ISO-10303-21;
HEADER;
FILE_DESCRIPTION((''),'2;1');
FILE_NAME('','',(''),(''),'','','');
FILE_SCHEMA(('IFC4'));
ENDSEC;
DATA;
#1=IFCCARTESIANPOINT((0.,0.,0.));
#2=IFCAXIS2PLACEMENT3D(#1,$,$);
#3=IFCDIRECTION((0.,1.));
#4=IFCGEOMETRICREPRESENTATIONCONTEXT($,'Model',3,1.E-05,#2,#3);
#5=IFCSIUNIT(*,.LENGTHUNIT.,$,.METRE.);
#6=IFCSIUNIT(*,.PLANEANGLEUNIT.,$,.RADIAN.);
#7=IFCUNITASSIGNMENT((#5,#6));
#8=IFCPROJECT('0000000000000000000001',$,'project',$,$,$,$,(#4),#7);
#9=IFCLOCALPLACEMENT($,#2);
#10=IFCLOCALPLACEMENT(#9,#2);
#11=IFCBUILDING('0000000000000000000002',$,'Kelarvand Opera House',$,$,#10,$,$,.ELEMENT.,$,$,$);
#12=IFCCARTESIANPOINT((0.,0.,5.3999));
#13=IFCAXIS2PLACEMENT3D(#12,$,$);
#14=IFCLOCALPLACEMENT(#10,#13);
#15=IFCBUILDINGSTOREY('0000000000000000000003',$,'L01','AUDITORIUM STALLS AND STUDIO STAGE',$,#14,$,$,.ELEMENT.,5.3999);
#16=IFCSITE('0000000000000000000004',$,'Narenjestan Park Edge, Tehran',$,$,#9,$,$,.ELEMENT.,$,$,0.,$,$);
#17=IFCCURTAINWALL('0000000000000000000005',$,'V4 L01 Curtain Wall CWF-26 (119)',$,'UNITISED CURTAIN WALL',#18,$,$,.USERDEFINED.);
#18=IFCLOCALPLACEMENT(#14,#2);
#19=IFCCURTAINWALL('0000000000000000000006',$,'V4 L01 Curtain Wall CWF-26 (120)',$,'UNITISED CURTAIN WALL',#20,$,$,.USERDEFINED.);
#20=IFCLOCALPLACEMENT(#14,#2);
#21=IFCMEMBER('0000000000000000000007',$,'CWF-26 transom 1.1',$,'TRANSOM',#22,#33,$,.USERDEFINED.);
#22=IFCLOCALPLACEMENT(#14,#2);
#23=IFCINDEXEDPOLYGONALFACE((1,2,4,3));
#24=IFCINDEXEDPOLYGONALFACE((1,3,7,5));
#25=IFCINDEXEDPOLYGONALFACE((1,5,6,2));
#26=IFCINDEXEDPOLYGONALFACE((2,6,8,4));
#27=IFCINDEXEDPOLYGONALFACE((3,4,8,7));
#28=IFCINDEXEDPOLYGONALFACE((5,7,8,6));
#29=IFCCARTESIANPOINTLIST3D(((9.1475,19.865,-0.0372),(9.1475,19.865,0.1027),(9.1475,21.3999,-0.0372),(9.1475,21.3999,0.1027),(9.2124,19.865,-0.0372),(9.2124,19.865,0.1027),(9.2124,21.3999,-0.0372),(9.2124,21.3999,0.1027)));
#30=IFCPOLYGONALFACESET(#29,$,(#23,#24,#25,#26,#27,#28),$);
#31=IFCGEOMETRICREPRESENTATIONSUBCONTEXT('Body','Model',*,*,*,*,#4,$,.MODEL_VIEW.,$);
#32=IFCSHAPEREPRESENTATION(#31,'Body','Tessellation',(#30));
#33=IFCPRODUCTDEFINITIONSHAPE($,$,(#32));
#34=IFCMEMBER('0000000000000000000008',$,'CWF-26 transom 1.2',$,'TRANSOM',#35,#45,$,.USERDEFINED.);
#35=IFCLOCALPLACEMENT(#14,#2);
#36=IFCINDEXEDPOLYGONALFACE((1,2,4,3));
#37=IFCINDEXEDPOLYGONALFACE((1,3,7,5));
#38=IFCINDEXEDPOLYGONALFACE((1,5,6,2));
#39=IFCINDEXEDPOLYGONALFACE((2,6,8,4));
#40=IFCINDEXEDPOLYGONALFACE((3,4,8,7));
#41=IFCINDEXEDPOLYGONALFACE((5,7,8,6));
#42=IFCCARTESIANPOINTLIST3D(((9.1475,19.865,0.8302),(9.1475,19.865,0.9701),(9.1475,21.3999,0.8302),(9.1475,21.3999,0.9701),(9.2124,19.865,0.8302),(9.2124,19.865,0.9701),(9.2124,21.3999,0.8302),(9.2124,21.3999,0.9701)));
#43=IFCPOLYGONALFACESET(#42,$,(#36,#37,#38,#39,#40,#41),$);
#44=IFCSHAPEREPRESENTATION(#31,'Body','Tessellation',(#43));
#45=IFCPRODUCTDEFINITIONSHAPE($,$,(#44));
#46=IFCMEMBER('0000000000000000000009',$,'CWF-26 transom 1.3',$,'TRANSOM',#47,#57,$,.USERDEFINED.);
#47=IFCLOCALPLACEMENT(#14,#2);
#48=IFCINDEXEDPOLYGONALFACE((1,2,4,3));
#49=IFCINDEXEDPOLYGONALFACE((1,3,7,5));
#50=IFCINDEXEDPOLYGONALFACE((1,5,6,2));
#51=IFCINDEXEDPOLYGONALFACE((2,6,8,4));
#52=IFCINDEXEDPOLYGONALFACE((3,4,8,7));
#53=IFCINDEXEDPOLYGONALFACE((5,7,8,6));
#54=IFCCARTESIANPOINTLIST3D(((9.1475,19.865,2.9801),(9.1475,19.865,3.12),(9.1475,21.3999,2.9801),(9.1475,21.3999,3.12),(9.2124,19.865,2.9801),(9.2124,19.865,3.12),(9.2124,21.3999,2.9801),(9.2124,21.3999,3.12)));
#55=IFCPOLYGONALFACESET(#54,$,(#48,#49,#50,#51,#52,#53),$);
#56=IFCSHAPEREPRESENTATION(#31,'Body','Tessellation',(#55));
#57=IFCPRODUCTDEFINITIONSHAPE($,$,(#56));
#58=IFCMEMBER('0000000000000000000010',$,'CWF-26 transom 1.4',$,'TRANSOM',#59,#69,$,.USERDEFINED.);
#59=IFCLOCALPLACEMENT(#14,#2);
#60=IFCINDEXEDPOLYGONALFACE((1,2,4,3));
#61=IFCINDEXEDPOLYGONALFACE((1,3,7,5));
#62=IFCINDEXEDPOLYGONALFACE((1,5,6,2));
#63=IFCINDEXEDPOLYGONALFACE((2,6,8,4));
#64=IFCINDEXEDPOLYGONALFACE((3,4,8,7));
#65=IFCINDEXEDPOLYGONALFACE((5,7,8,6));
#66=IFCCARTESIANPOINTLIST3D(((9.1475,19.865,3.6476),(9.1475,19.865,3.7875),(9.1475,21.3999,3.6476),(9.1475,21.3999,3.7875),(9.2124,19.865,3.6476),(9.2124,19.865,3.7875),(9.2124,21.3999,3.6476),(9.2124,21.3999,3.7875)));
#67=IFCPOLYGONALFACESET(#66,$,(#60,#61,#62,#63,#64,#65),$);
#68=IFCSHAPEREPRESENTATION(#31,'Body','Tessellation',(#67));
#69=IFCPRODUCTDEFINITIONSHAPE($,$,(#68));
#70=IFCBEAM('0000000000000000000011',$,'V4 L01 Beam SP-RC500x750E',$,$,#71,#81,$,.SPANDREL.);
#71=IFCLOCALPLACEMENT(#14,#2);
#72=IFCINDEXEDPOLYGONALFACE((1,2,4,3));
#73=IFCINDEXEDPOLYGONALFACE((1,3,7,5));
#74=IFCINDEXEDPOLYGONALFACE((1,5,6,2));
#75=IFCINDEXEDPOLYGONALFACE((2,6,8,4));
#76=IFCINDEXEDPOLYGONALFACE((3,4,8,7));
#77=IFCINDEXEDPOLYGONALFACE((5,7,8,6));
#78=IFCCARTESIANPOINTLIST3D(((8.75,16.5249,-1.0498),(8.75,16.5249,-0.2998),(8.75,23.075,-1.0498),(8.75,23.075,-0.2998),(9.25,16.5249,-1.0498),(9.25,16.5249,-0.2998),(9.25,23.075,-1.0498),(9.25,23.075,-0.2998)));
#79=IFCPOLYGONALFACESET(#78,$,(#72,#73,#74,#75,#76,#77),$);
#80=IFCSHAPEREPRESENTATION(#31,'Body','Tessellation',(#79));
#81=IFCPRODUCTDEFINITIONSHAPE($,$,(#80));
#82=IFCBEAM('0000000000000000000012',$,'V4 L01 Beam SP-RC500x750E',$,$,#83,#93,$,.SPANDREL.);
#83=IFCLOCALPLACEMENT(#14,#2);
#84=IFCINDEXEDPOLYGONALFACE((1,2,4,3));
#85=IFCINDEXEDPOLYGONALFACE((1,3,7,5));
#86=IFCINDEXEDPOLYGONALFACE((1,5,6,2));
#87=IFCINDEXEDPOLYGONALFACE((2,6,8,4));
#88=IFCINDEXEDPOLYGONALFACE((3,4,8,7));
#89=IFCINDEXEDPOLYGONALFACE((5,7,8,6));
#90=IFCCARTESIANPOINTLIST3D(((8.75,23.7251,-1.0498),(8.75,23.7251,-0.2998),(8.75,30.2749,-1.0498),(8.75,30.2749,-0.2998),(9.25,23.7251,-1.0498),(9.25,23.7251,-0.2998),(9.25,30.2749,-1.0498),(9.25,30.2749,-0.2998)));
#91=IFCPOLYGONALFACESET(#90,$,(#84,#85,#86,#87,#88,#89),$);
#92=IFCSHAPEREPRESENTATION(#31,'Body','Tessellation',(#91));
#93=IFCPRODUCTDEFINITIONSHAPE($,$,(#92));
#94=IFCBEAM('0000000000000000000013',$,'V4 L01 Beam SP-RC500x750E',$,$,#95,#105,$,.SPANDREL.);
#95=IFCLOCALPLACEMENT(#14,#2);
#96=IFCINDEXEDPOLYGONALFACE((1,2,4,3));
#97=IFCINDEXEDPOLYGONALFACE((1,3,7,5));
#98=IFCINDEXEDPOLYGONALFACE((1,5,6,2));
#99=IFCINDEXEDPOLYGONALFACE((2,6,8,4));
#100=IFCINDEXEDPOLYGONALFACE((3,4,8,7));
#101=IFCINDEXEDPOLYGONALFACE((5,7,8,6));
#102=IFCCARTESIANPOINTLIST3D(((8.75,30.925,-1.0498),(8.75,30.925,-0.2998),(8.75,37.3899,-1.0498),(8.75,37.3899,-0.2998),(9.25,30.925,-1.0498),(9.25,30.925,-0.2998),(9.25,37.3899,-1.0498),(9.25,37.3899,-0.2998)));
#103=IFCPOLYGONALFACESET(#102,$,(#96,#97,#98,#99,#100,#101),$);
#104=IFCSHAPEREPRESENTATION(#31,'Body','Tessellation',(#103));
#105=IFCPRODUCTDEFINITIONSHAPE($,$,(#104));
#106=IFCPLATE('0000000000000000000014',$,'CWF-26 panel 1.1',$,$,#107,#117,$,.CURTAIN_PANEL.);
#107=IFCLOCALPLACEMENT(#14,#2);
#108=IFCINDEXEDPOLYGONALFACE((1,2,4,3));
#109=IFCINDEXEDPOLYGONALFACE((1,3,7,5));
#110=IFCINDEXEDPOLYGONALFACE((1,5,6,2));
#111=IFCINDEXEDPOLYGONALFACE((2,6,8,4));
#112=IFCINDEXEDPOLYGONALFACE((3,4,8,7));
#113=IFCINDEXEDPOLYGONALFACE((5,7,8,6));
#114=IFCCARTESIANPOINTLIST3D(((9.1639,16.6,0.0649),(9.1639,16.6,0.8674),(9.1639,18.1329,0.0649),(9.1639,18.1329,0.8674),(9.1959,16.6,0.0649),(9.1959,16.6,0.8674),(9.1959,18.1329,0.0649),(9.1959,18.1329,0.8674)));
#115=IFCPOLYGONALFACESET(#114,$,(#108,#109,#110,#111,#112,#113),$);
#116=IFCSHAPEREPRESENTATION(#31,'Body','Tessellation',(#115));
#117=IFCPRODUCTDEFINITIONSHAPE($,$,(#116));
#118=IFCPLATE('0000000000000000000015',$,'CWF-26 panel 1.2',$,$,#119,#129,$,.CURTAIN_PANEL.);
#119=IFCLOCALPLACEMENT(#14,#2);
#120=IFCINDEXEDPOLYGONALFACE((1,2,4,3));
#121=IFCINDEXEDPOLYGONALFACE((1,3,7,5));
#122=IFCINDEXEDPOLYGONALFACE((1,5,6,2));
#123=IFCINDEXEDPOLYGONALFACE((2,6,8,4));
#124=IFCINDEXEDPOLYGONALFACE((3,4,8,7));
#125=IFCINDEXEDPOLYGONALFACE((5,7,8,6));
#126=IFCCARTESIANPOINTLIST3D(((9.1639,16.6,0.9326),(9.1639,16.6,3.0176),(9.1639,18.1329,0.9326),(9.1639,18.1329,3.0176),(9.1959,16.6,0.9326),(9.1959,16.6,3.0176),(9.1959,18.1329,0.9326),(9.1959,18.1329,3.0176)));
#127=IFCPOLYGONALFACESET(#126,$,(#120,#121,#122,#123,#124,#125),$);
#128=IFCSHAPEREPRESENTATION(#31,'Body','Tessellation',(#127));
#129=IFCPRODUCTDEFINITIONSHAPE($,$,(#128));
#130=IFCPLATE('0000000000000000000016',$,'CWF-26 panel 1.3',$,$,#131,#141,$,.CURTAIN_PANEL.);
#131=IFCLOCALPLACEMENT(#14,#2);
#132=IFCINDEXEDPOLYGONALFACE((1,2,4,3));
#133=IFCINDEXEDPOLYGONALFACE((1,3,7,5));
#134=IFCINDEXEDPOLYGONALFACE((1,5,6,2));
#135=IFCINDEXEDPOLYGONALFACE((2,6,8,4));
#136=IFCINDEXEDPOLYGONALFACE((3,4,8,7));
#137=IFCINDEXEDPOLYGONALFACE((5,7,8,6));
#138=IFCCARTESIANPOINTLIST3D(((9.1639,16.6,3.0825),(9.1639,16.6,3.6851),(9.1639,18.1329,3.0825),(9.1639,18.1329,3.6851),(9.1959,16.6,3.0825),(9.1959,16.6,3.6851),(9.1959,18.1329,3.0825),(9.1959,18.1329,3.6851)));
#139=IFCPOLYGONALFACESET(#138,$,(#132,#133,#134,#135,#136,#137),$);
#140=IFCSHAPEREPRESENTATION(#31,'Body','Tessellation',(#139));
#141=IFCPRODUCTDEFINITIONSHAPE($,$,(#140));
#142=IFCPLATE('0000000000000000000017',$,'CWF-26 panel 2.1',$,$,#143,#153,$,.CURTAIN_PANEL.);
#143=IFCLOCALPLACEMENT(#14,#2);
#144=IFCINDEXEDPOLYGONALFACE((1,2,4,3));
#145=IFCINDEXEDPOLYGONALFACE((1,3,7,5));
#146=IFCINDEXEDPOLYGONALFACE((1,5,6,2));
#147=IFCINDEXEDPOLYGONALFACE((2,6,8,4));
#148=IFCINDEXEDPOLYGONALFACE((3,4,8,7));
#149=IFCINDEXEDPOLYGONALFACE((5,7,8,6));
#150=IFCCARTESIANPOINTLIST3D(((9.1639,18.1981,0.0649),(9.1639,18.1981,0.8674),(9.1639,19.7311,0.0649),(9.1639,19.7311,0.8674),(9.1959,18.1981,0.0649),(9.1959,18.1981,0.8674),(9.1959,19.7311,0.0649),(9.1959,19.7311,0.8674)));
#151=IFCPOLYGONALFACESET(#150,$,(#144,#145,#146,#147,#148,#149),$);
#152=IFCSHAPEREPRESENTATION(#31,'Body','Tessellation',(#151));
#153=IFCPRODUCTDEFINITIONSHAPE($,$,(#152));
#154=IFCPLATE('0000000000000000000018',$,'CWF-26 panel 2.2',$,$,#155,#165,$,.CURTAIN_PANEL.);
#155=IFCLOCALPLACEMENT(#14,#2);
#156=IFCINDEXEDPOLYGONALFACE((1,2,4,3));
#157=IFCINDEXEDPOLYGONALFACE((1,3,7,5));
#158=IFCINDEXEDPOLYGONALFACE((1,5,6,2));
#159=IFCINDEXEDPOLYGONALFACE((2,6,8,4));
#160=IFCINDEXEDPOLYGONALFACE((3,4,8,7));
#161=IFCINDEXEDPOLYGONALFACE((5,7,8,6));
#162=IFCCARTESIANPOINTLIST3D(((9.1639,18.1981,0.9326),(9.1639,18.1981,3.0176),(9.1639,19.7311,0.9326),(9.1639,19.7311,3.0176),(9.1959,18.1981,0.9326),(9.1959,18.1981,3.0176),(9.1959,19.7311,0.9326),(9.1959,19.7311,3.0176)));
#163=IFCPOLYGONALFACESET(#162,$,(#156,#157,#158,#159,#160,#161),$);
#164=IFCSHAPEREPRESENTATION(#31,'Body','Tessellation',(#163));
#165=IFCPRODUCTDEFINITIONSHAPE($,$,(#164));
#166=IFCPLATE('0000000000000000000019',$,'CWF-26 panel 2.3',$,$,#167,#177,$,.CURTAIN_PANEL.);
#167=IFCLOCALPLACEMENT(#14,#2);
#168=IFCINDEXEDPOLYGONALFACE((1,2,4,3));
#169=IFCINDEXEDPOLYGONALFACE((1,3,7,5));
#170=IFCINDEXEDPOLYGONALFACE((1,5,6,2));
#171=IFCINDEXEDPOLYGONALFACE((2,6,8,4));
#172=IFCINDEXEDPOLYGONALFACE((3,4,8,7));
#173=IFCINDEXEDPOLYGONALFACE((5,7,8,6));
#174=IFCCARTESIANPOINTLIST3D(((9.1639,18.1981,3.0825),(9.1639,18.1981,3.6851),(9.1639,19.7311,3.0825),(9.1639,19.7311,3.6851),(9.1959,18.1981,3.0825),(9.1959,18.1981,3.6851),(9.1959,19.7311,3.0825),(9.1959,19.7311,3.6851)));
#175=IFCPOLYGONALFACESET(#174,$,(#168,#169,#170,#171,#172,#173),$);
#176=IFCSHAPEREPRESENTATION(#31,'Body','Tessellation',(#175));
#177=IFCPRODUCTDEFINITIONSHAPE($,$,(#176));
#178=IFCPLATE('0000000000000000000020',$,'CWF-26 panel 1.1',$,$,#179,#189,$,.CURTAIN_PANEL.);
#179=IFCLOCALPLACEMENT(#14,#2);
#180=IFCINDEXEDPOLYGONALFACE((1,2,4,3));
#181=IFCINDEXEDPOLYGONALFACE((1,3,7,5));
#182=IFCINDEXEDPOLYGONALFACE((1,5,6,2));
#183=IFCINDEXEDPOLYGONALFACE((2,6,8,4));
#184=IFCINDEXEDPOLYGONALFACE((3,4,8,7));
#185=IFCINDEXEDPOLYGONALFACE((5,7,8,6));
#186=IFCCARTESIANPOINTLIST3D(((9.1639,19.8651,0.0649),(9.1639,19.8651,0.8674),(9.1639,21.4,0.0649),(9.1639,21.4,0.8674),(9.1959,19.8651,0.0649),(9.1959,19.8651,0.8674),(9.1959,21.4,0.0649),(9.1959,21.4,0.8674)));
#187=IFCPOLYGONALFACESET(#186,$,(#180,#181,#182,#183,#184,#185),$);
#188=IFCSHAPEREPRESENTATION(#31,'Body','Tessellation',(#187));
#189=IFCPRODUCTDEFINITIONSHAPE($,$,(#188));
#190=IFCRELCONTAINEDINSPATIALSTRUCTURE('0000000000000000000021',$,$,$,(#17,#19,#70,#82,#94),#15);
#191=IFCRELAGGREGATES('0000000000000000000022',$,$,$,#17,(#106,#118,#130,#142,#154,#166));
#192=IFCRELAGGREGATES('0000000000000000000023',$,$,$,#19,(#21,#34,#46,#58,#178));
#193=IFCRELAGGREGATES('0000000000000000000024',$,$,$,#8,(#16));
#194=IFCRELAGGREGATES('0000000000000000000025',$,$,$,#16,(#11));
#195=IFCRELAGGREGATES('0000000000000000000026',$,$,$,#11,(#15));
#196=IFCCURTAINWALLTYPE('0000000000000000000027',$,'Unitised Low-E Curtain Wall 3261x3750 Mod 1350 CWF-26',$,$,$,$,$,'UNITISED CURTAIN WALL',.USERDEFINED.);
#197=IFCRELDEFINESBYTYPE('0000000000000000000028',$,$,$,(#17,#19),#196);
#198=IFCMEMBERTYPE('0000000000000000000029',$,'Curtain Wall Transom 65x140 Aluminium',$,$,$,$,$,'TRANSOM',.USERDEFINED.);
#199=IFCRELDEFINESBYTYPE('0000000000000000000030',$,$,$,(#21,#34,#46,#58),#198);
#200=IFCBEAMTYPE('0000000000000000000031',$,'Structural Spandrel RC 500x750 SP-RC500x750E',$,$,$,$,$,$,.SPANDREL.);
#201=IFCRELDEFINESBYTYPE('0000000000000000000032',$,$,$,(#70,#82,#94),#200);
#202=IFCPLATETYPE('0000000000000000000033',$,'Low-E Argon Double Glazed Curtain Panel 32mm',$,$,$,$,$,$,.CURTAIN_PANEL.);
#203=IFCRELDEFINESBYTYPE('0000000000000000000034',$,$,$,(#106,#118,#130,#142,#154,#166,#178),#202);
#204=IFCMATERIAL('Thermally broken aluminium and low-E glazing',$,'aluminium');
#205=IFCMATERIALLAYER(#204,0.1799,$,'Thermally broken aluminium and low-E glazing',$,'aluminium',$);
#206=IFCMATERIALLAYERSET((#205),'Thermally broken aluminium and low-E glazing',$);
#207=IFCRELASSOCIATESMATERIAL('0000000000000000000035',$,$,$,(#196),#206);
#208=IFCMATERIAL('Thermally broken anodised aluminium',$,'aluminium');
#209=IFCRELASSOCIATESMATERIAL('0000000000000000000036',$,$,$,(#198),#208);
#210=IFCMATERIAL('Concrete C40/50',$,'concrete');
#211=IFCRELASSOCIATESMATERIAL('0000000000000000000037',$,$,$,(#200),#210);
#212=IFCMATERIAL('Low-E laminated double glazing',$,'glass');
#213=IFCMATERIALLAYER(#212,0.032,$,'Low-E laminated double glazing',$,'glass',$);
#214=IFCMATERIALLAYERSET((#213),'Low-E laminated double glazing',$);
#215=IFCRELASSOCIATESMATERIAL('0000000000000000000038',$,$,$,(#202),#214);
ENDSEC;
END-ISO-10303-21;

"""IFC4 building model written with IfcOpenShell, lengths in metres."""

from ifc_helpers import new_model, si_unit, direction, frame, origin, origin_2d, place, context, subcontext, project, spatial, rectangle, extrude, material, layer, layer_set, material_profile, profile_set, type_object, element, aggregate, save


model = new_model("IFC4")

# Units and contexts
model_context = context("Model", 3, precision=1e-05, world=origin(), true_north=direction((0.0, 1.0)))
body_context = subcontext(model_context, "Body", "Model", "MODEL_VIEW")
ifc_project = project(units=[si_unit("LENGTHUNIT", "METRE"), si_unit("PLANEANGLEUNIT", "RADIAN")], contexts=[model_context])

# Site, building, storey
site_placement = place(None, origin())
site = spatial("IfcSite", under=ifc_project, at=site_placement, Name="Narenjestan Park Edge, Tehran", CompositionType="ELEMENT", RefElevation=0.0)
building_placement = place(site_placement, origin())
building = spatial("IfcBuilding", under=site, at=building_placement, Name="Kelarvand Opera House", CompositionType="ELEMENT")
storey_placement = place(building_placement, frame((0.0, 0.0, 5.3999)))
storey = spatial("IfcBuildingStorey", under=building, at=storey_placement, Name="L01", Description="AUDITORIUM STALLS AND STUDIO STAGE", CompositionType="ELEMENT", Elevation=5.3999)

# Shared definitions
ifc_material_1 = material(Name="Concrete C40/50", Category="concrete")

# Curtain wall
ifc_material_2 = material(Name="Thermally broken aluminium and low-E glazing", Category="aluminium")
ifc_layer_1 = layer(ifc_material_2, 0.1799, Name="Thermally broken aluminium and low-E glazing", Category="aluminium")
ifc_layer_set_1 = layer_set([ifc_layer_1], Name="Thermally broken aluminium and low-E glazing")
curtain_wall_type = type_object("IfcCurtainWallType", Name="Unitised Low-E Curtain Wall 3261x3750 Mod 1350 CWF-26", ElementType="UNITISED CURTAIN WALL", PredefinedType="USERDEFINED", material=ifc_layer_set_1)
curtain_wall_1_placement = place(storey_placement, origin())
curtain_wall_1 = element("IfcCurtainWall", 1, at=curtain_wall_1_placement, inside=storey, type_object=curtain_wall_type, Name="V4 L01 Curtain Wall CWF-26 (119)", ObjectType="UNITISED CURTAIN WALL", PredefinedType="USERDEFINED")
ifc_material_3 = material(Name="Thermally broken anodised aluminium", Category="aluminium")

# Curtain wall
curtain_wall_2_placement = place(storey_placement, origin())
curtain_wall_2 = element("IfcCurtainWall", 2, at=curtain_wall_2_placement, inside=storey, type_object=curtain_wall_type, Name="V4 L01 Curtain Wall CWF-26 (120)", ObjectType="UNITISED CURTAIN WALL", PredefinedType="USERDEFINED")

# Members
ifc_material_profile_1 = material_profile(ifc_material_3, rectangle(XDim=0.0649, YDim=0.1399, at=origin_2d()), Name="ALU TRANSOM 65x140", Category="aluminium")
ifc_profile_set_1 = profile_set([ifc_material_profile_1], Name="Thermally broken anodised aluminium")
member_type_1 = type_object("IfcMemberType", Name="Curtain Wall Transom 65x140 Aluminium", ElementType="TRANSOM", PredefinedType="USERDEFINED", material=ifc_profile_set_1)
member_1_placement = place(storey_placement, frame((9.1799, 19.865, 0.0327), z_axis=(0.0, 1.0, 0.0), x_axis=(-1.0, 0.0, 0.0)))
member_1 = element("IfcMember", 3, at=member_1_placement, type_object=member_type_1, Name="CWF-26 transom 1.1", ObjectType="TRANSOM", PredefinedType="USERDEFINED", context=body_context, shape_type="SweptSolid", body=[
    extrude(rectangle(XDim=0.0649, YDim=0.1399, at=origin_2d()), origin(), (0.0, 0.0, 1.0), 1.5349),
])
member_2_placement = place(storey_placement, frame((9.1799, 19.865, 0.9001), z_axis=(0.0, 1.0, 0.0), x_axis=(-1.0, 0.0, 0.0)))
member_2 = element("IfcMember", 4, at=member_2_placement, type_object=member_type_1, Name="CWF-26 transom 1.2", ObjectType="TRANSOM", PredefinedType="USERDEFINED", context=body_context, shape_type="SweptSolid", body=[
    extrude(rectangle(XDim=0.0649, YDim=0.1399, at=origin_2d()), origin(), (0.0, 0.0, 1.0), 1.5349),
])
member_3_placement = place(storey_placement, frame((9.1799, 19.865, 3.05), z_axis=(0.0, 1.0, 0.0), x_axis=(-1.0, 0.0, 0.0)))
member_3 = element("IfcMember", 5, at=member_3_placement, type_object=member_type_1, Name="CWF-26 transom 1.3", ObjectType="TRANSOM", PredefinedType="USERDEFINED", context=body_context, shape_type="SweptSolid", body=[
    extrude(rectangle(XDim=0.0649, YDim=0.1399, at=origin_2d()), origin(), (0.0, 0.0, 1.0), 1.5349),
])
member_4_placement = place(storey_placement, frame((9.1799, 19.865, 3.7175), z_axis=(0.0, 1.0, 0.0), x_axis=(-1.0, 0.0, 0.0)))
member_4 = element("IfcMember", 6, at=member_4_placement, type_object=member_type_1, Name="CWF-26 transom 1.4", ObjectType="TRANSOM", PredefinedType="USERDEFINED", context=body_context, shape_type="SweptSolid", body=[
    extrude(rectangle(XDim=0.0649, YDim=0.1399, at=origin_2d()), origin(), (0.0, 0.0, 1.0), 1.5349),
])

# Beams
ifc_material_profile_2 = material_profile(ifc_material_1, rectangle(XDim=0.5, YDim=0.75, at=origin_2d()), Name="RC 500x750", Category="concrete")
ifc_profile_set_2 = profile_set([ifc_material_profile_2], Name="Concrete C40/50")
beam_type = type_object("IfcBeamType", Name="Structural Spandrel RC 500x750 SP-RC500x750E", PredefinedType="SPANDREL", material=ifc_profile_set_2)
beam_1_placement = place(storey_placement, frame((9.0, 16.5249, -0.6748), z_axis=(0.0, 1.0, 0.0), x_axis=(-1.0, 0.0, 0.0)))
element("IfcBeam", 7, at=beam_1_placement, inside=storey, type_object=beam_type, Name="V4 L01 Beam SP-RC500x750E", PredefinedType="SPANDREL", context=body_context, shape_type="SweptSolid", body=[
    extrude(rectangle(XDim=0.5, YDim=0.75, at=origin_2d()), origin(), (0.0, 0.0, 1.0), 6.55),
])
beam_2_placement = place(storey_placement, frame((9.0, 23.7251, -0.6748), z_axis=(0.0, 1.0, 0.0), x_axis=(-1.0, 0.0, 0.0)))
element("IfcBeam", 8, at=beam_2_placement, inside=storey, type_object=beam_type, Name="V4 L01 Beam SP-RC500x750E", PredefinedType="SPANDREL", context=body_context, shape_type="SweptSolid", body=[
    extrude(rectangle(XDim=0.5, YDim=0.75, at=origin_2d()), origin(), (0.0, 0.0, 1.0), 6.5498),
])
beam_3_placement = place(storey_placement, frame((9.0, 30.925, -0.6748), z_axis=(0.0, 1.0, 0.0), x_axis=(-1.0, 0.0, 0.0)))
element("IfcBeam", 9, at=beam_3_placement, inside=storey, type_object=beam_type, Name="V4 L01 Beam SP-RC500x750E", PredefinedType="SPANDREL", context=body_context, shape_type="SweptSolid", body=[
    extrude(rectangle(XDim=0.5, YDim=0.75, at=origin_2d()), origin(), (0.0, 0.0, 1.0), 6.4648),
])

# Plates
ifc_material_4 = material(Name="Low-E laminated double glazing", Category="glass")
ifc_layer_2 = layer(ifc_material_4, 0.032, Name="Low-E laminated double glazing", Category="glass")
ifc_layer_set_2 = layer_set([ifc_layer_2], Name="Low-E laminated double glazing")
plate_type = type_object("IfcPlateType", Name="Low-E Argon Double Glazed Curtain Panel 32mm", PredefinedType="CURTAIN_PANEL", material=ifc_layer_set_2)
plate_1_placement = place(storey_placement, frame((9.1799, 17.3665, 0.0649), z_axis=(0.0, 0.0, 1.0), x_axis=(0.0, 1.0, 0.0)))
plate_1 = element("IfcPlate", 10, at=plate_1_placement, type_object=plate_type, Name="CWF-26 panel 1.1", PredefinedType="CURTAIN_PANEL", context=body_context, shape_type="SweptSolid", body=[
    extrude(rectangle(XDim=1.533, YDim=0.032, at=origin_2d()), origin(), (0.0, 0.0, 1.0), 0.8025),
])
plate_2_placement = place(storey_placement, frame((9.1799, 17.3665, 0.9326), z_axis=(0.0, 0.0, 1.0), x_axis=(0.0, 1.0, 0.0)))
plate_2 = element("IfcPlate", 11, at=plate_2_placement, type_object=plate_type, Name="CWF-26 panel 1.2", PredefinedType="CURTAIN_PANEL", context=body_context, shape_type="SweptSolid", body=[
    extrude(rectangle(XDim=1.533, YDim=0.032, at=origin_2d()), origin(), (0.0, 0.0, 1.0), 2.085),
])
plate_3_placement = place(storey_placement, frame((9.1799, 17.3665, 3.0825), z_axis=(0.0, 0.0, 1.0), x_axis=(0.0, 1.0, 0.0)))
plate_3 = element("IfcPlate", 12, at=plate_3_placement, type_object=plate_type, Name="CWF-26 panel 1.3", PredefinedType="CURTAIN_PANEL", context=body_context, shape_type="SweptSolid", body=[
    extrude(rectangle(XDim=1.533, YDim=0.032, at=origin_2d()), origin(), (0.0, 0.0, 1.0), 0.6025),
])
plate_4_placement = place(storey_placement, frame((9.1799, 18.9646, 0.0649), z_axis=(0.0, 0.0, 1.0), x_axis=(0.0, 1.0, 0.0)))
plate_4 = element("IfcPlate", 13, at=plate_4_placement, type_object=plate_type, Name="CWF-26 panel 2.1", PredefinedType="CURTAIN_PANEL", context=body_context, shape_type="SweptSolid", body=[
    extrude(rectangle(XDim=1.533, YDim=0.032, at=origin_2d()), origin(), (0.0, 0.0, 1.0), 0.8025),
])
plate_5_placement = place(storey_placement, frame((9.1799, 18.9646, 0.9326), z_axis=(0.0, 0.0, 1.0), x_axis=(0.0, 1.0, 0.0)))
plate_5 = element("IfcPlate", 14, at=plate_5_placement, type_object=plate_type, Name="CWF-26 panel 2.2", PredefinedType="CURTAIN_PANEL", context=body_context, shape_type="SweptSolid", body=[
    extrude(rectangle(XDim=1.533, YDim=0.032, at=origin_2d()), origin(), (0.0, 0.0, 1.0), 2.085),
])
plate_6_placement = place(storey_placement, frame((9.1799, 18.9646, 3.0825), z_axis=(0.0, 0.0, 1.0), x_axis=(0.0, 1.0, 0.0)))
plate_6 = element("IfcPlate", 15, at=plate_6_placement, type_object=plate_type, Name="CWF-26 panel 2.3", PredefinedType="CURTAIN_PANEL", context=body_context, shape_type="SweptSolid", body=[
    extrude(rectangle(XDim=1.533, YDim=0.032, at=origin_2d()), origin(), (0.0, 0.0, 1.0), 0.6025),
])
aggregate(curtain_wall_1, [plate_1, plate_2, plate_3, plate_4, plate_5, plate_6])
plate_7_placement = place(storey_placement, frame((9.1799, 20.6326, 0.0649), z_axis=(0.0, 0.0, 1.0), x_axis=(0.0, 1.0, 0.0)))
plate_7 = element("IfcPlate", 16, at=plate_7_placement, type_object=plate_type, Name="CWF-26 panel 1.1", PredefinedType="CURTAIN_PANEL", context=body_context, shape_type="SweptSolid", body=[
    extrude(rectangle(XDim=1.5349, YDim=0.032, at=origin_2d()), origin(), (0.0, 0.0, 1.0), 0.8025),
])
aggregate(curtain_wall_2, [member_1, member_2, member_3, member_4, plate_7])

save(model, "model.ifc")
